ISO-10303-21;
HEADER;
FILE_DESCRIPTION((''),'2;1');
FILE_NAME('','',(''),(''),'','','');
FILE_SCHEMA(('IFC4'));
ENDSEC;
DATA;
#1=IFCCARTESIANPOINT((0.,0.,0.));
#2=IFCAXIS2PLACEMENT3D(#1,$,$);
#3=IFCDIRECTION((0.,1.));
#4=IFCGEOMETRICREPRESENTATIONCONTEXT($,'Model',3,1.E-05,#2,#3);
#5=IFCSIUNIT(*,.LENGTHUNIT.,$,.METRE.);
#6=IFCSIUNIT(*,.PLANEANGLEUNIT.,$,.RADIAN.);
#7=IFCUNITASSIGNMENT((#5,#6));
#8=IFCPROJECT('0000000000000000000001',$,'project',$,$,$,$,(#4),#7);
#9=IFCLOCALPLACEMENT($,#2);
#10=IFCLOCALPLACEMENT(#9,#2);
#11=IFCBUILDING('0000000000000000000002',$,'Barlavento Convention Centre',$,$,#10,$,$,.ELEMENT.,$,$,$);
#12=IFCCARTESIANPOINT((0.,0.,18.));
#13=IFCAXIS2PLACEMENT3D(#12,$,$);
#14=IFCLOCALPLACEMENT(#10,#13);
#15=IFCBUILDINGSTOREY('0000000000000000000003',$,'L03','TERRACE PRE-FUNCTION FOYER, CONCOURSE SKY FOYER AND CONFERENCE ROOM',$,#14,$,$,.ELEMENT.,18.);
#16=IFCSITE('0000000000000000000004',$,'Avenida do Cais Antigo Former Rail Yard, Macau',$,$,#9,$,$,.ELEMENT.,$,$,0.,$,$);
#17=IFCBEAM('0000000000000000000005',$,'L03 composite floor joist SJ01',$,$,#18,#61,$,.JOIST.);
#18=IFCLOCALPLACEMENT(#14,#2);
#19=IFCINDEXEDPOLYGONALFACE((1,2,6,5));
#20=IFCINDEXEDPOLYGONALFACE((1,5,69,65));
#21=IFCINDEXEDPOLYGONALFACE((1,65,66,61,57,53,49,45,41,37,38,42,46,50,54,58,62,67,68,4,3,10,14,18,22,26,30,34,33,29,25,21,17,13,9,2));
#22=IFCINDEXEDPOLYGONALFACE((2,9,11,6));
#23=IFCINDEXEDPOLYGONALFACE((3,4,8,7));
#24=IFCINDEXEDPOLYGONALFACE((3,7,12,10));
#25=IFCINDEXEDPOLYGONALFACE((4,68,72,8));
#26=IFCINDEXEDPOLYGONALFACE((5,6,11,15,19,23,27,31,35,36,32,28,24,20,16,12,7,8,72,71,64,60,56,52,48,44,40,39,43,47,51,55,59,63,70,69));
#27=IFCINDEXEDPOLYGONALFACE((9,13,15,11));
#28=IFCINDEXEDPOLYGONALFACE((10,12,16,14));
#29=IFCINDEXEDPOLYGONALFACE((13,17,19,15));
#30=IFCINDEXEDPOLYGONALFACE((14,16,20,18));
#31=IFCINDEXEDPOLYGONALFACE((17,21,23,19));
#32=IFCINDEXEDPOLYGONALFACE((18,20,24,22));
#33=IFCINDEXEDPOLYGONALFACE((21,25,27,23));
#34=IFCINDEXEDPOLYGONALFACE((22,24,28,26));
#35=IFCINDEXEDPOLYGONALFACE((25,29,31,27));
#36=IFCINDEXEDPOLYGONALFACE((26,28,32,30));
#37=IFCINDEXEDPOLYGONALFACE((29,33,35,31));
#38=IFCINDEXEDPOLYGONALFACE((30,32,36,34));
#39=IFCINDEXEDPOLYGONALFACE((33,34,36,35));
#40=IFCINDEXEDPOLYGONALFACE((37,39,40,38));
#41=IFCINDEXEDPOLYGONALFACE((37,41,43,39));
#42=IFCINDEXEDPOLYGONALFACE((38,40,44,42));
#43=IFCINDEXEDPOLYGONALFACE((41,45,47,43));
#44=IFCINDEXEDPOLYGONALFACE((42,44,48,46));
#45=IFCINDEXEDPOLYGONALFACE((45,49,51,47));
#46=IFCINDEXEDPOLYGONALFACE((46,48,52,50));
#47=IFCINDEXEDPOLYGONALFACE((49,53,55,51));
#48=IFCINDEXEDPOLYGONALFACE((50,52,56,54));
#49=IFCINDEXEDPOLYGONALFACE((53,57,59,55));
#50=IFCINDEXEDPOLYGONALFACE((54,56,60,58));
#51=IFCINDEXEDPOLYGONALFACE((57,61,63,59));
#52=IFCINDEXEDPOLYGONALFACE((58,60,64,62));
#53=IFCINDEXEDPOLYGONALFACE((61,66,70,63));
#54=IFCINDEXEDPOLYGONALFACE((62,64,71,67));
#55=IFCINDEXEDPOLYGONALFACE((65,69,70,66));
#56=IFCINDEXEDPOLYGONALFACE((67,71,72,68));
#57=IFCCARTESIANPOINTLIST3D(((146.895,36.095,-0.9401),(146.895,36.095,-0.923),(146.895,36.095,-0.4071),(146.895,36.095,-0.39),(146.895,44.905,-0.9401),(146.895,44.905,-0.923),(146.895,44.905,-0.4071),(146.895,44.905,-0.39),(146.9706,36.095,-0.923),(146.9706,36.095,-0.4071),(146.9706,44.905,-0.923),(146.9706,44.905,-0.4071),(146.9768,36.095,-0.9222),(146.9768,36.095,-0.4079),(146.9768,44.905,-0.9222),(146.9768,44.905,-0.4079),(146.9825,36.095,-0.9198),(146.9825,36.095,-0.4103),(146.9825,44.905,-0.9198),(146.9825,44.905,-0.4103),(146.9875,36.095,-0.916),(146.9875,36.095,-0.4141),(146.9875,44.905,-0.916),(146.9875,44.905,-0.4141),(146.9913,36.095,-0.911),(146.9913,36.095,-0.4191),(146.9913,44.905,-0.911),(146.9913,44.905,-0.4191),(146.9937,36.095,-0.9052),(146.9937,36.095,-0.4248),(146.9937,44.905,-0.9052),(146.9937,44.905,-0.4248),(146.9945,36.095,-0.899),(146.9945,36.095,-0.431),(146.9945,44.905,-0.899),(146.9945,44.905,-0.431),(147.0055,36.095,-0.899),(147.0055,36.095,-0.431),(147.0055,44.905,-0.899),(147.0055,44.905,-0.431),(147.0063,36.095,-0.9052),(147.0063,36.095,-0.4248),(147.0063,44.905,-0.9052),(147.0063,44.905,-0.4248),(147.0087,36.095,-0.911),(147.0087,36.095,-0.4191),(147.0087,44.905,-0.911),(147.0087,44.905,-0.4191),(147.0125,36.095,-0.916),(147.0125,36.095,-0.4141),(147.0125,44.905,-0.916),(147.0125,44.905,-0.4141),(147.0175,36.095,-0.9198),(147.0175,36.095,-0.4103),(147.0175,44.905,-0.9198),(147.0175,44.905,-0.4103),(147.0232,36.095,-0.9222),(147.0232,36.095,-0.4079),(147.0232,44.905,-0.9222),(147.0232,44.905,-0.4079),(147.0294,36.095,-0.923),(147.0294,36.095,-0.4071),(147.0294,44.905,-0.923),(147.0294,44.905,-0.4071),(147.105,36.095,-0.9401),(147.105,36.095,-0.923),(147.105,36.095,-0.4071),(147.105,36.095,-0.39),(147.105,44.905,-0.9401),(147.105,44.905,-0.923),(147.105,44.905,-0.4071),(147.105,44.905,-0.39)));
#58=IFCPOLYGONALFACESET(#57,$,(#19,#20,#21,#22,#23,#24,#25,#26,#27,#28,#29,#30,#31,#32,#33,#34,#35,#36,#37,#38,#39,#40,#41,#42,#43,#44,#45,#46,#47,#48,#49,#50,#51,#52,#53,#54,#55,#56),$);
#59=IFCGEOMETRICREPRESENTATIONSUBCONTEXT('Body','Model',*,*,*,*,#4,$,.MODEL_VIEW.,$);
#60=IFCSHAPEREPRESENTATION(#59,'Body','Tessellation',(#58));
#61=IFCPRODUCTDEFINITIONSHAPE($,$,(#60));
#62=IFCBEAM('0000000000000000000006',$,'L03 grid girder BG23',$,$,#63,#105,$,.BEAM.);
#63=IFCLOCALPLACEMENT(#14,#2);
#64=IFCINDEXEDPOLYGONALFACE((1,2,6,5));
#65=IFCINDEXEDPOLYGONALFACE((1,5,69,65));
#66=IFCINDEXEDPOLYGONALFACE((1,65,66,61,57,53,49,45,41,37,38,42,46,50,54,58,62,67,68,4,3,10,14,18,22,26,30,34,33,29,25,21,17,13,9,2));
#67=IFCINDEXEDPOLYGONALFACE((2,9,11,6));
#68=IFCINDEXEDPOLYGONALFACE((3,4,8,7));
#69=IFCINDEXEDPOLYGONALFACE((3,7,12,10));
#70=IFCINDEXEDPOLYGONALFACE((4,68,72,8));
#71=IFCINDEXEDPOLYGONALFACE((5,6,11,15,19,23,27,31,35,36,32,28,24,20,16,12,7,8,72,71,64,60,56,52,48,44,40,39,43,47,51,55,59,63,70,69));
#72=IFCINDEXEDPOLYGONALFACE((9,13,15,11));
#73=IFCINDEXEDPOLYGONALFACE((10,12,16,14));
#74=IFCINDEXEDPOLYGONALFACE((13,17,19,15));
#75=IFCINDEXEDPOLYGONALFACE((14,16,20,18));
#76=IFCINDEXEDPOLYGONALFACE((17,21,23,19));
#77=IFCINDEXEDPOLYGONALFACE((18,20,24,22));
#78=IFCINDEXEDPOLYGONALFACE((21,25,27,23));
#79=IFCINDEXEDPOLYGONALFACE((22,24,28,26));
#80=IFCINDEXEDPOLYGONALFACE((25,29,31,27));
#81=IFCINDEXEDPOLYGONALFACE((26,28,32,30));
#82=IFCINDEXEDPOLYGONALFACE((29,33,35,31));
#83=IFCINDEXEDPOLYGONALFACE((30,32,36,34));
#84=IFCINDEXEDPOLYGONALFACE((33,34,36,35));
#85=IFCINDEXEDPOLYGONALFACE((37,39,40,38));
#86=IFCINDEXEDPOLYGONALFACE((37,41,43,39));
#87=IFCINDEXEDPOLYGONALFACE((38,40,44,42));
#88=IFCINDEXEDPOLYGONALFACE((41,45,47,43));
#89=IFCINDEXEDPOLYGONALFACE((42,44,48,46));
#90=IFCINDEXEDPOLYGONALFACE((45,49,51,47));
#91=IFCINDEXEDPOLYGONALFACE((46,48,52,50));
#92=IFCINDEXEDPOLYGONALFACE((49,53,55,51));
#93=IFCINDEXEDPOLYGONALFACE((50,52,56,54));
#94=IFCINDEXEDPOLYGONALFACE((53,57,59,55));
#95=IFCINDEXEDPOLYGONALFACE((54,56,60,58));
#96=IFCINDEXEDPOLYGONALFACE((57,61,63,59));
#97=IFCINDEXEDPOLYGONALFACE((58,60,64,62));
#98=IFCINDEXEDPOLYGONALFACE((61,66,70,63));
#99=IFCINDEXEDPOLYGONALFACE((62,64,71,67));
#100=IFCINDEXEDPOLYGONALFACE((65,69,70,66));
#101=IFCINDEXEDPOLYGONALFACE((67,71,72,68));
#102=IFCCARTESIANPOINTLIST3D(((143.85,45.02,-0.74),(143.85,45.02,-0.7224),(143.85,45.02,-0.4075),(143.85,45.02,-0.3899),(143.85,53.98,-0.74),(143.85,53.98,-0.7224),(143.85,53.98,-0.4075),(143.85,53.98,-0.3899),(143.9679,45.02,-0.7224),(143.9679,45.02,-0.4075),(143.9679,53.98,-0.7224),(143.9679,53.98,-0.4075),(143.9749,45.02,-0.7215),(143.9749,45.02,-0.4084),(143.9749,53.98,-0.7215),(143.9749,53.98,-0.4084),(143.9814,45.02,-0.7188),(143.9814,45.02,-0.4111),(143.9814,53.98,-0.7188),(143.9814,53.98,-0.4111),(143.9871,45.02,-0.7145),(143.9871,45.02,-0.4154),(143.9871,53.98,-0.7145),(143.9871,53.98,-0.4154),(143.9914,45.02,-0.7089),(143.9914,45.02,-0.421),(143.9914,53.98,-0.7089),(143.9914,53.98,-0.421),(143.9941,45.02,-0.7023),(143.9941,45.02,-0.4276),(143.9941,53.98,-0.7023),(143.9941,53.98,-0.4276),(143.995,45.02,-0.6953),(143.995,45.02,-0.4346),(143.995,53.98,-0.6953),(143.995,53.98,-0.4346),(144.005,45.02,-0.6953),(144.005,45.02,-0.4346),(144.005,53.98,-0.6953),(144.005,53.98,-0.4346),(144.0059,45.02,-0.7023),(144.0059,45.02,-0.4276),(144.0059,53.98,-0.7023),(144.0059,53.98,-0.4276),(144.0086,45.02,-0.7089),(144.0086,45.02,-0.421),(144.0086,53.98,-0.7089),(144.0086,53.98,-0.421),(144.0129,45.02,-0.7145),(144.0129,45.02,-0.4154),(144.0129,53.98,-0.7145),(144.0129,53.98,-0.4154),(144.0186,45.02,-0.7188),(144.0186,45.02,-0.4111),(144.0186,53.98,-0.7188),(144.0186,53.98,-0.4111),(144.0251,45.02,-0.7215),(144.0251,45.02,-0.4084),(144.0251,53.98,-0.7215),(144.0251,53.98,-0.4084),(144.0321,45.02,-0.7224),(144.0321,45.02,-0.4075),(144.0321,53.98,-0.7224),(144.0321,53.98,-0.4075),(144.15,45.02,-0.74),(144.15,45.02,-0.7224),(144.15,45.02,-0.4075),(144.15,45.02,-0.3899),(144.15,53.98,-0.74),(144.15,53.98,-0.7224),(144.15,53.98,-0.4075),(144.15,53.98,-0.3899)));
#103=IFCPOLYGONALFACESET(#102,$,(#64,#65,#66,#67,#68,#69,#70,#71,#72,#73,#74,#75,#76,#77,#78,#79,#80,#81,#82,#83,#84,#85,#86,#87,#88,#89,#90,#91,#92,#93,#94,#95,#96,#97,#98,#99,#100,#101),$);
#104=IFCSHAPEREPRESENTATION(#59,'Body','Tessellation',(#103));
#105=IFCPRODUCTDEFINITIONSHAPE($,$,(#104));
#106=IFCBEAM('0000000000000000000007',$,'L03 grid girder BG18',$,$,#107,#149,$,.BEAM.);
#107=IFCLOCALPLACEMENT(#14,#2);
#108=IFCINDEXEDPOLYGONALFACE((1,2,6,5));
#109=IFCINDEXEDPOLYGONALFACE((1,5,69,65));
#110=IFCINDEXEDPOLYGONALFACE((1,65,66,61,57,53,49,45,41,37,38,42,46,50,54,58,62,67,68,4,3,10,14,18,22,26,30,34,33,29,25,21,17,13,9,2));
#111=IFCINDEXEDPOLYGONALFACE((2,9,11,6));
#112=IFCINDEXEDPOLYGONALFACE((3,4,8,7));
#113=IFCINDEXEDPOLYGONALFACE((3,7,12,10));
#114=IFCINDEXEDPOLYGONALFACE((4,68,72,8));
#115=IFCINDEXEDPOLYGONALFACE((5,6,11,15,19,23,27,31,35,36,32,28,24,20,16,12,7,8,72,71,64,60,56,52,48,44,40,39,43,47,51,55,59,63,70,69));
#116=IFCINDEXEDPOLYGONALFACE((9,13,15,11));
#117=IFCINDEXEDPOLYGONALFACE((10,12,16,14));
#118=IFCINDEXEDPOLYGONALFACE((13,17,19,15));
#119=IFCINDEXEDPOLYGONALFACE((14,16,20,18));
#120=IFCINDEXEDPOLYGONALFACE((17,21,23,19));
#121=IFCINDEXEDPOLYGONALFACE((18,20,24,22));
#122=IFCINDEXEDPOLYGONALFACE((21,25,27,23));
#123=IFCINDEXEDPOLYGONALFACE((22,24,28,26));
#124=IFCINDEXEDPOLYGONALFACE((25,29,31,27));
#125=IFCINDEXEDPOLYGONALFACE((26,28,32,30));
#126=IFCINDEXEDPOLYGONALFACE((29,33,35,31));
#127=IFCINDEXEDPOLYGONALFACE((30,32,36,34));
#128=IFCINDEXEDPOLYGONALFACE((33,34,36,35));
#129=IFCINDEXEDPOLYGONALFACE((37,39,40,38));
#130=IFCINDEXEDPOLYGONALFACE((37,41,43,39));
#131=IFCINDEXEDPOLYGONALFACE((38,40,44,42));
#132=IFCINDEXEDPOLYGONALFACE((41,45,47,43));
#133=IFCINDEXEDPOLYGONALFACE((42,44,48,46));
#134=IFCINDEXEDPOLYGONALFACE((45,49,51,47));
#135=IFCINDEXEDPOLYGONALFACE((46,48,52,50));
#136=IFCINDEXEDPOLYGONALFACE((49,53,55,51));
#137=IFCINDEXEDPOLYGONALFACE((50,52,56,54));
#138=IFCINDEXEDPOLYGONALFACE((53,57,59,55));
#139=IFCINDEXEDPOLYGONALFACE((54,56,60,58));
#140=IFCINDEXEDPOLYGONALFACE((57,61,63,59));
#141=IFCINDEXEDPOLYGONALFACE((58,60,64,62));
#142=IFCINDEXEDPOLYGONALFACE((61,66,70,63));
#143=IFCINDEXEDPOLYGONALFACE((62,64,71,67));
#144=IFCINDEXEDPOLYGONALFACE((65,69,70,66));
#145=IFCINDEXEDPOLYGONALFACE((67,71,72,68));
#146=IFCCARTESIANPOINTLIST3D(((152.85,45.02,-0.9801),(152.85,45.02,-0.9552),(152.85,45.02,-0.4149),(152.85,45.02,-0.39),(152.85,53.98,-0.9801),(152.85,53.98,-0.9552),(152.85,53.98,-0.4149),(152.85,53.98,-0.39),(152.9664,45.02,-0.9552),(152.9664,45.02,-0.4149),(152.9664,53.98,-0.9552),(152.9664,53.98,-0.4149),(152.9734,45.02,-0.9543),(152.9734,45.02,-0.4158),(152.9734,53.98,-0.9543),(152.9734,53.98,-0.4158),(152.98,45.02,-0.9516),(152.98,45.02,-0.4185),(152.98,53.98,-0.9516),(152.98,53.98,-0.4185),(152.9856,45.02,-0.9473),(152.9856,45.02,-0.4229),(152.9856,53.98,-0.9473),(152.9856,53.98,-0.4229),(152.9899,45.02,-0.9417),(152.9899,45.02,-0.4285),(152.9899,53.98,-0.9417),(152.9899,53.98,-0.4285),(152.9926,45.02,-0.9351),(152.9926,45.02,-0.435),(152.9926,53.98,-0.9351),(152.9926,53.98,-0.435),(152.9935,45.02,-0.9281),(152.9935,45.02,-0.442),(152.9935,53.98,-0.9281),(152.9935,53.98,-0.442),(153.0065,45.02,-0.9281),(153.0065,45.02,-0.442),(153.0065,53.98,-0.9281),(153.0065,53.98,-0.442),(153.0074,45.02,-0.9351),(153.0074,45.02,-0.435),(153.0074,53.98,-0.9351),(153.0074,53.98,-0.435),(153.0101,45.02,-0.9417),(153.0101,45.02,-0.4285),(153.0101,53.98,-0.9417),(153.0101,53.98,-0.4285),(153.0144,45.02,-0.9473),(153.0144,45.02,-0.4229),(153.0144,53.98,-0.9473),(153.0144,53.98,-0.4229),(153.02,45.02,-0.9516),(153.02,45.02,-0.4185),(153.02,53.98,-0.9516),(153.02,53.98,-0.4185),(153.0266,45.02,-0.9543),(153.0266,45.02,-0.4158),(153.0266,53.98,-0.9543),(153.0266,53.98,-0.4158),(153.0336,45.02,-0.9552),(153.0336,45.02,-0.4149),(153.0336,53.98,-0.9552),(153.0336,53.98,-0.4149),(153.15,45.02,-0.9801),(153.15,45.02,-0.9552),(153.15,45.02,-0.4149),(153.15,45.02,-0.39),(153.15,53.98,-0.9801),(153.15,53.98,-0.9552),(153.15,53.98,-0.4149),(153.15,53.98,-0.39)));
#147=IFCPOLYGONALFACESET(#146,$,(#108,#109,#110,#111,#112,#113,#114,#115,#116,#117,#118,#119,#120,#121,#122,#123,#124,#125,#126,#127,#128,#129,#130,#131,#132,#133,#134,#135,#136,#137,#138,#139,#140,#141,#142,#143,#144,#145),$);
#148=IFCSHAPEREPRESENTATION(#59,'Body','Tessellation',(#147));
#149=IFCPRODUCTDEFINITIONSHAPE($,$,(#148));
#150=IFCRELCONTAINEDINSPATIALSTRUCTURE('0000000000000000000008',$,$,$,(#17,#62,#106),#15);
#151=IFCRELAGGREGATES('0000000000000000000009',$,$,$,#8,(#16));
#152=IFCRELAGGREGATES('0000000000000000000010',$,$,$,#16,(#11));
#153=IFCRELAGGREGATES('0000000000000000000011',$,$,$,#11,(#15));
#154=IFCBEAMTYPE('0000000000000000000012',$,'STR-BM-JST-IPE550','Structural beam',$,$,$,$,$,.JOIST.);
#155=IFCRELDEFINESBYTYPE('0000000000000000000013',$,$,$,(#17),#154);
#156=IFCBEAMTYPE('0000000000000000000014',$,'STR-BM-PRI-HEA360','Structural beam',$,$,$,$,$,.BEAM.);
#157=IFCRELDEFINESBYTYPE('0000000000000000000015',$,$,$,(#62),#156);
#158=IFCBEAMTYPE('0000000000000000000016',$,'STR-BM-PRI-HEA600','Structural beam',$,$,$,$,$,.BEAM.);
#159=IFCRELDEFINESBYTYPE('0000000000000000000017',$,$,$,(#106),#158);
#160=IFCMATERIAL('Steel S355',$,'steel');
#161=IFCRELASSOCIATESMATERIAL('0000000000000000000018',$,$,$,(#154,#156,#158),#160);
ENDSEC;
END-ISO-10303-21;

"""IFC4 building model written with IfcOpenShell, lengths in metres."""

from ifc_helpers import new_model, si_unit, direction, frame, origin, origin_2d, place, context, subcontext, project, spatial, i_section, extrude, material, material_profile, profile_set, type_object, element, save


model = new_model("IFC4")

# Units and contexts
model_context = context("Model", 3, precision=1e-05, world=origin(), true_north=direction((0.0, 1.0)))
body_context = subcontext(model_context, "Body", "Model", "MODEL_VIEW")
ifc_project = project(units=[si_unit("LENGTHUNIT", "METRE"), si_unit("PLANEANGLEUNIT", "RADIAN")], contexts=[model_context])

# Site, building, storey
site_placement = place(None, origin())
site = spatial("IfcSite", under=ifc_project, at=site_placement, Name="Avenida do Cais Antigo Former Rail Yard, Macau", CompositionType="ELEMENT", RefElevation=0.0)
building_placement = place(site_placement, origin())
building = spatial("IfcBuilding", under=site, at=building_placement, Name="Barlavento Convention Centre", CompositionType="ELEMENT")
storey_placement = place(building_placement, frame((0.0, 0.0, 18.0)))
storey = spatial("IfcBuildingStorey", under=building, at=storey_placement, Name="L03", Description="TERRACE PRE-FUNCTION FOYER, CONCOURSE SKY FOYER AND CONFERENCE ROOM", CompositionType="ELEMENT", Elevation=18.0)

# Shared definitions
ifc_material_1 = material(Name="Steel S355", Category="steel")

# Beams
ifc_material_profile_1 = material_profile(ifc_material_1, i_section(OverallWidth=0.21, OverallDepth=0.55, WebThickness=0.011, FlangeThickness=0.0171, FilletRadius=0.0239, at=origin_2d()), Name="IPE 550")
ifc_profile_set_1 = profile_set([ifc_material_profile_1], Name="Steel S355")
beam_type_1 = type_object("IfcBeamType", Name="STR-BM-JST-IPE550", Description="Structural beam", PredefinedType="JOIST", material=ifc_profile_set_1)
beam_1_placement = place(storey_placement, frame((147.0, 36.095, -0.665), z_axis=(0.0, 1.0, 0.0), x_axis=(-1.0, 0.0, 0.0)))
element("IfcBeam", 1, at=beam_1_placement, inside=storey, type_object=beam_type_1, Name="L03 composite floor joist SJ01", PredefinedType="JOIST", context=body_context, shape_type="SweptSolid", body=[
    extrude(i_section(OverallWidth=0.21, OverallDepth=0.55, WebThickness=0.011, FlangeThickness=0.0171, FilletRadius=0.0239, at=origin_2d()), origin(), (0.0, 0.0, 1.0), 8.8101),
])
ifc_material_profile_2 = material_profile(ifc_material_1, i_section(OverallWidth=0.3, OverallDepth=0.3501, WebThickness=0.01, FlangeThickness=0.0176, FilletRadius=0.0271, at=origin_2d()), Name="HEA 360")
ifc_profile_set_2 = profile_set([ifc_material_profile_2], Name="Steel S355")
beam_type_2 = type_object("IfcBeamType", Name="STR-BM-PRI-HEA360", Description="Structural beam", PredefinedType="BEAM", material=ifc_profile_set_2)
beam_2_placement = place(storey_placement, frame((144.0, 45.02, -0.5649), z_axis=(0.0, 1.0, 0.0), x_axis=(-1.0, 0.0, 0.0)))
element("IfcBeam", 2, at=beam_2_placement, inside=storey, type_object=beam_type_2, Name="L03 grid girder BG23", PredefinedType="BEAM", context=body_context, shape_type="SweptSolid", body=[
    extrude(i_section(OverallWidth=0.3, OverallDepth=0.3501, WebThickness=0.01, FlangeThickness=0.0176, FilletRadius=0.0271, at=origin_2d()), origin(), (0.0, 0.0, 1.0), 8.96),
])
ifc_material_profile_3 = material_profile(ifc_material_1, i_section(OverallWidth=0.3, OverallDepth=0.5901, WebThickness=0.0129, FlangeThickness=0.0249, FilletRadius=0.0271, at=origin_2d()), Name="HEA 600")
ifc_profile_set_3 = profile_set([ifc_material_profile_3], Name="Steel S355")
beam_type_3 = type_object("IfcBeamType", Name="STR-BM-PRI-HEA600", Description="Structural beam", PredefinedType="BEAM", material=ifc_profile_set_3)
beam_3_placement = place(storey_placement, frame((153.0, 45.02, -0.6851), z_axis=(0.0, 1.0, 0.0), x_axis=(-1.0, 0.0, 0.0)))
element("IfcBeam", 3, at=beam_3_placement, inside=storey, type_object=beam_type_3, Name="L03 grid girder BG18", PredefinedType="BEAM", context=body_context, shape_type="SweptSolid", body=[
    extrude(i_section(OverallWidth=0.3, OverallDepth=0.5901, WebThickness=0.0129, FlangeThickness=0.0249, FilletRadius=0.0271, at=origin_2d()), origin(), (0.0, 0.0, 1.0), 8.96),
])

save(model, "model.ifc")
